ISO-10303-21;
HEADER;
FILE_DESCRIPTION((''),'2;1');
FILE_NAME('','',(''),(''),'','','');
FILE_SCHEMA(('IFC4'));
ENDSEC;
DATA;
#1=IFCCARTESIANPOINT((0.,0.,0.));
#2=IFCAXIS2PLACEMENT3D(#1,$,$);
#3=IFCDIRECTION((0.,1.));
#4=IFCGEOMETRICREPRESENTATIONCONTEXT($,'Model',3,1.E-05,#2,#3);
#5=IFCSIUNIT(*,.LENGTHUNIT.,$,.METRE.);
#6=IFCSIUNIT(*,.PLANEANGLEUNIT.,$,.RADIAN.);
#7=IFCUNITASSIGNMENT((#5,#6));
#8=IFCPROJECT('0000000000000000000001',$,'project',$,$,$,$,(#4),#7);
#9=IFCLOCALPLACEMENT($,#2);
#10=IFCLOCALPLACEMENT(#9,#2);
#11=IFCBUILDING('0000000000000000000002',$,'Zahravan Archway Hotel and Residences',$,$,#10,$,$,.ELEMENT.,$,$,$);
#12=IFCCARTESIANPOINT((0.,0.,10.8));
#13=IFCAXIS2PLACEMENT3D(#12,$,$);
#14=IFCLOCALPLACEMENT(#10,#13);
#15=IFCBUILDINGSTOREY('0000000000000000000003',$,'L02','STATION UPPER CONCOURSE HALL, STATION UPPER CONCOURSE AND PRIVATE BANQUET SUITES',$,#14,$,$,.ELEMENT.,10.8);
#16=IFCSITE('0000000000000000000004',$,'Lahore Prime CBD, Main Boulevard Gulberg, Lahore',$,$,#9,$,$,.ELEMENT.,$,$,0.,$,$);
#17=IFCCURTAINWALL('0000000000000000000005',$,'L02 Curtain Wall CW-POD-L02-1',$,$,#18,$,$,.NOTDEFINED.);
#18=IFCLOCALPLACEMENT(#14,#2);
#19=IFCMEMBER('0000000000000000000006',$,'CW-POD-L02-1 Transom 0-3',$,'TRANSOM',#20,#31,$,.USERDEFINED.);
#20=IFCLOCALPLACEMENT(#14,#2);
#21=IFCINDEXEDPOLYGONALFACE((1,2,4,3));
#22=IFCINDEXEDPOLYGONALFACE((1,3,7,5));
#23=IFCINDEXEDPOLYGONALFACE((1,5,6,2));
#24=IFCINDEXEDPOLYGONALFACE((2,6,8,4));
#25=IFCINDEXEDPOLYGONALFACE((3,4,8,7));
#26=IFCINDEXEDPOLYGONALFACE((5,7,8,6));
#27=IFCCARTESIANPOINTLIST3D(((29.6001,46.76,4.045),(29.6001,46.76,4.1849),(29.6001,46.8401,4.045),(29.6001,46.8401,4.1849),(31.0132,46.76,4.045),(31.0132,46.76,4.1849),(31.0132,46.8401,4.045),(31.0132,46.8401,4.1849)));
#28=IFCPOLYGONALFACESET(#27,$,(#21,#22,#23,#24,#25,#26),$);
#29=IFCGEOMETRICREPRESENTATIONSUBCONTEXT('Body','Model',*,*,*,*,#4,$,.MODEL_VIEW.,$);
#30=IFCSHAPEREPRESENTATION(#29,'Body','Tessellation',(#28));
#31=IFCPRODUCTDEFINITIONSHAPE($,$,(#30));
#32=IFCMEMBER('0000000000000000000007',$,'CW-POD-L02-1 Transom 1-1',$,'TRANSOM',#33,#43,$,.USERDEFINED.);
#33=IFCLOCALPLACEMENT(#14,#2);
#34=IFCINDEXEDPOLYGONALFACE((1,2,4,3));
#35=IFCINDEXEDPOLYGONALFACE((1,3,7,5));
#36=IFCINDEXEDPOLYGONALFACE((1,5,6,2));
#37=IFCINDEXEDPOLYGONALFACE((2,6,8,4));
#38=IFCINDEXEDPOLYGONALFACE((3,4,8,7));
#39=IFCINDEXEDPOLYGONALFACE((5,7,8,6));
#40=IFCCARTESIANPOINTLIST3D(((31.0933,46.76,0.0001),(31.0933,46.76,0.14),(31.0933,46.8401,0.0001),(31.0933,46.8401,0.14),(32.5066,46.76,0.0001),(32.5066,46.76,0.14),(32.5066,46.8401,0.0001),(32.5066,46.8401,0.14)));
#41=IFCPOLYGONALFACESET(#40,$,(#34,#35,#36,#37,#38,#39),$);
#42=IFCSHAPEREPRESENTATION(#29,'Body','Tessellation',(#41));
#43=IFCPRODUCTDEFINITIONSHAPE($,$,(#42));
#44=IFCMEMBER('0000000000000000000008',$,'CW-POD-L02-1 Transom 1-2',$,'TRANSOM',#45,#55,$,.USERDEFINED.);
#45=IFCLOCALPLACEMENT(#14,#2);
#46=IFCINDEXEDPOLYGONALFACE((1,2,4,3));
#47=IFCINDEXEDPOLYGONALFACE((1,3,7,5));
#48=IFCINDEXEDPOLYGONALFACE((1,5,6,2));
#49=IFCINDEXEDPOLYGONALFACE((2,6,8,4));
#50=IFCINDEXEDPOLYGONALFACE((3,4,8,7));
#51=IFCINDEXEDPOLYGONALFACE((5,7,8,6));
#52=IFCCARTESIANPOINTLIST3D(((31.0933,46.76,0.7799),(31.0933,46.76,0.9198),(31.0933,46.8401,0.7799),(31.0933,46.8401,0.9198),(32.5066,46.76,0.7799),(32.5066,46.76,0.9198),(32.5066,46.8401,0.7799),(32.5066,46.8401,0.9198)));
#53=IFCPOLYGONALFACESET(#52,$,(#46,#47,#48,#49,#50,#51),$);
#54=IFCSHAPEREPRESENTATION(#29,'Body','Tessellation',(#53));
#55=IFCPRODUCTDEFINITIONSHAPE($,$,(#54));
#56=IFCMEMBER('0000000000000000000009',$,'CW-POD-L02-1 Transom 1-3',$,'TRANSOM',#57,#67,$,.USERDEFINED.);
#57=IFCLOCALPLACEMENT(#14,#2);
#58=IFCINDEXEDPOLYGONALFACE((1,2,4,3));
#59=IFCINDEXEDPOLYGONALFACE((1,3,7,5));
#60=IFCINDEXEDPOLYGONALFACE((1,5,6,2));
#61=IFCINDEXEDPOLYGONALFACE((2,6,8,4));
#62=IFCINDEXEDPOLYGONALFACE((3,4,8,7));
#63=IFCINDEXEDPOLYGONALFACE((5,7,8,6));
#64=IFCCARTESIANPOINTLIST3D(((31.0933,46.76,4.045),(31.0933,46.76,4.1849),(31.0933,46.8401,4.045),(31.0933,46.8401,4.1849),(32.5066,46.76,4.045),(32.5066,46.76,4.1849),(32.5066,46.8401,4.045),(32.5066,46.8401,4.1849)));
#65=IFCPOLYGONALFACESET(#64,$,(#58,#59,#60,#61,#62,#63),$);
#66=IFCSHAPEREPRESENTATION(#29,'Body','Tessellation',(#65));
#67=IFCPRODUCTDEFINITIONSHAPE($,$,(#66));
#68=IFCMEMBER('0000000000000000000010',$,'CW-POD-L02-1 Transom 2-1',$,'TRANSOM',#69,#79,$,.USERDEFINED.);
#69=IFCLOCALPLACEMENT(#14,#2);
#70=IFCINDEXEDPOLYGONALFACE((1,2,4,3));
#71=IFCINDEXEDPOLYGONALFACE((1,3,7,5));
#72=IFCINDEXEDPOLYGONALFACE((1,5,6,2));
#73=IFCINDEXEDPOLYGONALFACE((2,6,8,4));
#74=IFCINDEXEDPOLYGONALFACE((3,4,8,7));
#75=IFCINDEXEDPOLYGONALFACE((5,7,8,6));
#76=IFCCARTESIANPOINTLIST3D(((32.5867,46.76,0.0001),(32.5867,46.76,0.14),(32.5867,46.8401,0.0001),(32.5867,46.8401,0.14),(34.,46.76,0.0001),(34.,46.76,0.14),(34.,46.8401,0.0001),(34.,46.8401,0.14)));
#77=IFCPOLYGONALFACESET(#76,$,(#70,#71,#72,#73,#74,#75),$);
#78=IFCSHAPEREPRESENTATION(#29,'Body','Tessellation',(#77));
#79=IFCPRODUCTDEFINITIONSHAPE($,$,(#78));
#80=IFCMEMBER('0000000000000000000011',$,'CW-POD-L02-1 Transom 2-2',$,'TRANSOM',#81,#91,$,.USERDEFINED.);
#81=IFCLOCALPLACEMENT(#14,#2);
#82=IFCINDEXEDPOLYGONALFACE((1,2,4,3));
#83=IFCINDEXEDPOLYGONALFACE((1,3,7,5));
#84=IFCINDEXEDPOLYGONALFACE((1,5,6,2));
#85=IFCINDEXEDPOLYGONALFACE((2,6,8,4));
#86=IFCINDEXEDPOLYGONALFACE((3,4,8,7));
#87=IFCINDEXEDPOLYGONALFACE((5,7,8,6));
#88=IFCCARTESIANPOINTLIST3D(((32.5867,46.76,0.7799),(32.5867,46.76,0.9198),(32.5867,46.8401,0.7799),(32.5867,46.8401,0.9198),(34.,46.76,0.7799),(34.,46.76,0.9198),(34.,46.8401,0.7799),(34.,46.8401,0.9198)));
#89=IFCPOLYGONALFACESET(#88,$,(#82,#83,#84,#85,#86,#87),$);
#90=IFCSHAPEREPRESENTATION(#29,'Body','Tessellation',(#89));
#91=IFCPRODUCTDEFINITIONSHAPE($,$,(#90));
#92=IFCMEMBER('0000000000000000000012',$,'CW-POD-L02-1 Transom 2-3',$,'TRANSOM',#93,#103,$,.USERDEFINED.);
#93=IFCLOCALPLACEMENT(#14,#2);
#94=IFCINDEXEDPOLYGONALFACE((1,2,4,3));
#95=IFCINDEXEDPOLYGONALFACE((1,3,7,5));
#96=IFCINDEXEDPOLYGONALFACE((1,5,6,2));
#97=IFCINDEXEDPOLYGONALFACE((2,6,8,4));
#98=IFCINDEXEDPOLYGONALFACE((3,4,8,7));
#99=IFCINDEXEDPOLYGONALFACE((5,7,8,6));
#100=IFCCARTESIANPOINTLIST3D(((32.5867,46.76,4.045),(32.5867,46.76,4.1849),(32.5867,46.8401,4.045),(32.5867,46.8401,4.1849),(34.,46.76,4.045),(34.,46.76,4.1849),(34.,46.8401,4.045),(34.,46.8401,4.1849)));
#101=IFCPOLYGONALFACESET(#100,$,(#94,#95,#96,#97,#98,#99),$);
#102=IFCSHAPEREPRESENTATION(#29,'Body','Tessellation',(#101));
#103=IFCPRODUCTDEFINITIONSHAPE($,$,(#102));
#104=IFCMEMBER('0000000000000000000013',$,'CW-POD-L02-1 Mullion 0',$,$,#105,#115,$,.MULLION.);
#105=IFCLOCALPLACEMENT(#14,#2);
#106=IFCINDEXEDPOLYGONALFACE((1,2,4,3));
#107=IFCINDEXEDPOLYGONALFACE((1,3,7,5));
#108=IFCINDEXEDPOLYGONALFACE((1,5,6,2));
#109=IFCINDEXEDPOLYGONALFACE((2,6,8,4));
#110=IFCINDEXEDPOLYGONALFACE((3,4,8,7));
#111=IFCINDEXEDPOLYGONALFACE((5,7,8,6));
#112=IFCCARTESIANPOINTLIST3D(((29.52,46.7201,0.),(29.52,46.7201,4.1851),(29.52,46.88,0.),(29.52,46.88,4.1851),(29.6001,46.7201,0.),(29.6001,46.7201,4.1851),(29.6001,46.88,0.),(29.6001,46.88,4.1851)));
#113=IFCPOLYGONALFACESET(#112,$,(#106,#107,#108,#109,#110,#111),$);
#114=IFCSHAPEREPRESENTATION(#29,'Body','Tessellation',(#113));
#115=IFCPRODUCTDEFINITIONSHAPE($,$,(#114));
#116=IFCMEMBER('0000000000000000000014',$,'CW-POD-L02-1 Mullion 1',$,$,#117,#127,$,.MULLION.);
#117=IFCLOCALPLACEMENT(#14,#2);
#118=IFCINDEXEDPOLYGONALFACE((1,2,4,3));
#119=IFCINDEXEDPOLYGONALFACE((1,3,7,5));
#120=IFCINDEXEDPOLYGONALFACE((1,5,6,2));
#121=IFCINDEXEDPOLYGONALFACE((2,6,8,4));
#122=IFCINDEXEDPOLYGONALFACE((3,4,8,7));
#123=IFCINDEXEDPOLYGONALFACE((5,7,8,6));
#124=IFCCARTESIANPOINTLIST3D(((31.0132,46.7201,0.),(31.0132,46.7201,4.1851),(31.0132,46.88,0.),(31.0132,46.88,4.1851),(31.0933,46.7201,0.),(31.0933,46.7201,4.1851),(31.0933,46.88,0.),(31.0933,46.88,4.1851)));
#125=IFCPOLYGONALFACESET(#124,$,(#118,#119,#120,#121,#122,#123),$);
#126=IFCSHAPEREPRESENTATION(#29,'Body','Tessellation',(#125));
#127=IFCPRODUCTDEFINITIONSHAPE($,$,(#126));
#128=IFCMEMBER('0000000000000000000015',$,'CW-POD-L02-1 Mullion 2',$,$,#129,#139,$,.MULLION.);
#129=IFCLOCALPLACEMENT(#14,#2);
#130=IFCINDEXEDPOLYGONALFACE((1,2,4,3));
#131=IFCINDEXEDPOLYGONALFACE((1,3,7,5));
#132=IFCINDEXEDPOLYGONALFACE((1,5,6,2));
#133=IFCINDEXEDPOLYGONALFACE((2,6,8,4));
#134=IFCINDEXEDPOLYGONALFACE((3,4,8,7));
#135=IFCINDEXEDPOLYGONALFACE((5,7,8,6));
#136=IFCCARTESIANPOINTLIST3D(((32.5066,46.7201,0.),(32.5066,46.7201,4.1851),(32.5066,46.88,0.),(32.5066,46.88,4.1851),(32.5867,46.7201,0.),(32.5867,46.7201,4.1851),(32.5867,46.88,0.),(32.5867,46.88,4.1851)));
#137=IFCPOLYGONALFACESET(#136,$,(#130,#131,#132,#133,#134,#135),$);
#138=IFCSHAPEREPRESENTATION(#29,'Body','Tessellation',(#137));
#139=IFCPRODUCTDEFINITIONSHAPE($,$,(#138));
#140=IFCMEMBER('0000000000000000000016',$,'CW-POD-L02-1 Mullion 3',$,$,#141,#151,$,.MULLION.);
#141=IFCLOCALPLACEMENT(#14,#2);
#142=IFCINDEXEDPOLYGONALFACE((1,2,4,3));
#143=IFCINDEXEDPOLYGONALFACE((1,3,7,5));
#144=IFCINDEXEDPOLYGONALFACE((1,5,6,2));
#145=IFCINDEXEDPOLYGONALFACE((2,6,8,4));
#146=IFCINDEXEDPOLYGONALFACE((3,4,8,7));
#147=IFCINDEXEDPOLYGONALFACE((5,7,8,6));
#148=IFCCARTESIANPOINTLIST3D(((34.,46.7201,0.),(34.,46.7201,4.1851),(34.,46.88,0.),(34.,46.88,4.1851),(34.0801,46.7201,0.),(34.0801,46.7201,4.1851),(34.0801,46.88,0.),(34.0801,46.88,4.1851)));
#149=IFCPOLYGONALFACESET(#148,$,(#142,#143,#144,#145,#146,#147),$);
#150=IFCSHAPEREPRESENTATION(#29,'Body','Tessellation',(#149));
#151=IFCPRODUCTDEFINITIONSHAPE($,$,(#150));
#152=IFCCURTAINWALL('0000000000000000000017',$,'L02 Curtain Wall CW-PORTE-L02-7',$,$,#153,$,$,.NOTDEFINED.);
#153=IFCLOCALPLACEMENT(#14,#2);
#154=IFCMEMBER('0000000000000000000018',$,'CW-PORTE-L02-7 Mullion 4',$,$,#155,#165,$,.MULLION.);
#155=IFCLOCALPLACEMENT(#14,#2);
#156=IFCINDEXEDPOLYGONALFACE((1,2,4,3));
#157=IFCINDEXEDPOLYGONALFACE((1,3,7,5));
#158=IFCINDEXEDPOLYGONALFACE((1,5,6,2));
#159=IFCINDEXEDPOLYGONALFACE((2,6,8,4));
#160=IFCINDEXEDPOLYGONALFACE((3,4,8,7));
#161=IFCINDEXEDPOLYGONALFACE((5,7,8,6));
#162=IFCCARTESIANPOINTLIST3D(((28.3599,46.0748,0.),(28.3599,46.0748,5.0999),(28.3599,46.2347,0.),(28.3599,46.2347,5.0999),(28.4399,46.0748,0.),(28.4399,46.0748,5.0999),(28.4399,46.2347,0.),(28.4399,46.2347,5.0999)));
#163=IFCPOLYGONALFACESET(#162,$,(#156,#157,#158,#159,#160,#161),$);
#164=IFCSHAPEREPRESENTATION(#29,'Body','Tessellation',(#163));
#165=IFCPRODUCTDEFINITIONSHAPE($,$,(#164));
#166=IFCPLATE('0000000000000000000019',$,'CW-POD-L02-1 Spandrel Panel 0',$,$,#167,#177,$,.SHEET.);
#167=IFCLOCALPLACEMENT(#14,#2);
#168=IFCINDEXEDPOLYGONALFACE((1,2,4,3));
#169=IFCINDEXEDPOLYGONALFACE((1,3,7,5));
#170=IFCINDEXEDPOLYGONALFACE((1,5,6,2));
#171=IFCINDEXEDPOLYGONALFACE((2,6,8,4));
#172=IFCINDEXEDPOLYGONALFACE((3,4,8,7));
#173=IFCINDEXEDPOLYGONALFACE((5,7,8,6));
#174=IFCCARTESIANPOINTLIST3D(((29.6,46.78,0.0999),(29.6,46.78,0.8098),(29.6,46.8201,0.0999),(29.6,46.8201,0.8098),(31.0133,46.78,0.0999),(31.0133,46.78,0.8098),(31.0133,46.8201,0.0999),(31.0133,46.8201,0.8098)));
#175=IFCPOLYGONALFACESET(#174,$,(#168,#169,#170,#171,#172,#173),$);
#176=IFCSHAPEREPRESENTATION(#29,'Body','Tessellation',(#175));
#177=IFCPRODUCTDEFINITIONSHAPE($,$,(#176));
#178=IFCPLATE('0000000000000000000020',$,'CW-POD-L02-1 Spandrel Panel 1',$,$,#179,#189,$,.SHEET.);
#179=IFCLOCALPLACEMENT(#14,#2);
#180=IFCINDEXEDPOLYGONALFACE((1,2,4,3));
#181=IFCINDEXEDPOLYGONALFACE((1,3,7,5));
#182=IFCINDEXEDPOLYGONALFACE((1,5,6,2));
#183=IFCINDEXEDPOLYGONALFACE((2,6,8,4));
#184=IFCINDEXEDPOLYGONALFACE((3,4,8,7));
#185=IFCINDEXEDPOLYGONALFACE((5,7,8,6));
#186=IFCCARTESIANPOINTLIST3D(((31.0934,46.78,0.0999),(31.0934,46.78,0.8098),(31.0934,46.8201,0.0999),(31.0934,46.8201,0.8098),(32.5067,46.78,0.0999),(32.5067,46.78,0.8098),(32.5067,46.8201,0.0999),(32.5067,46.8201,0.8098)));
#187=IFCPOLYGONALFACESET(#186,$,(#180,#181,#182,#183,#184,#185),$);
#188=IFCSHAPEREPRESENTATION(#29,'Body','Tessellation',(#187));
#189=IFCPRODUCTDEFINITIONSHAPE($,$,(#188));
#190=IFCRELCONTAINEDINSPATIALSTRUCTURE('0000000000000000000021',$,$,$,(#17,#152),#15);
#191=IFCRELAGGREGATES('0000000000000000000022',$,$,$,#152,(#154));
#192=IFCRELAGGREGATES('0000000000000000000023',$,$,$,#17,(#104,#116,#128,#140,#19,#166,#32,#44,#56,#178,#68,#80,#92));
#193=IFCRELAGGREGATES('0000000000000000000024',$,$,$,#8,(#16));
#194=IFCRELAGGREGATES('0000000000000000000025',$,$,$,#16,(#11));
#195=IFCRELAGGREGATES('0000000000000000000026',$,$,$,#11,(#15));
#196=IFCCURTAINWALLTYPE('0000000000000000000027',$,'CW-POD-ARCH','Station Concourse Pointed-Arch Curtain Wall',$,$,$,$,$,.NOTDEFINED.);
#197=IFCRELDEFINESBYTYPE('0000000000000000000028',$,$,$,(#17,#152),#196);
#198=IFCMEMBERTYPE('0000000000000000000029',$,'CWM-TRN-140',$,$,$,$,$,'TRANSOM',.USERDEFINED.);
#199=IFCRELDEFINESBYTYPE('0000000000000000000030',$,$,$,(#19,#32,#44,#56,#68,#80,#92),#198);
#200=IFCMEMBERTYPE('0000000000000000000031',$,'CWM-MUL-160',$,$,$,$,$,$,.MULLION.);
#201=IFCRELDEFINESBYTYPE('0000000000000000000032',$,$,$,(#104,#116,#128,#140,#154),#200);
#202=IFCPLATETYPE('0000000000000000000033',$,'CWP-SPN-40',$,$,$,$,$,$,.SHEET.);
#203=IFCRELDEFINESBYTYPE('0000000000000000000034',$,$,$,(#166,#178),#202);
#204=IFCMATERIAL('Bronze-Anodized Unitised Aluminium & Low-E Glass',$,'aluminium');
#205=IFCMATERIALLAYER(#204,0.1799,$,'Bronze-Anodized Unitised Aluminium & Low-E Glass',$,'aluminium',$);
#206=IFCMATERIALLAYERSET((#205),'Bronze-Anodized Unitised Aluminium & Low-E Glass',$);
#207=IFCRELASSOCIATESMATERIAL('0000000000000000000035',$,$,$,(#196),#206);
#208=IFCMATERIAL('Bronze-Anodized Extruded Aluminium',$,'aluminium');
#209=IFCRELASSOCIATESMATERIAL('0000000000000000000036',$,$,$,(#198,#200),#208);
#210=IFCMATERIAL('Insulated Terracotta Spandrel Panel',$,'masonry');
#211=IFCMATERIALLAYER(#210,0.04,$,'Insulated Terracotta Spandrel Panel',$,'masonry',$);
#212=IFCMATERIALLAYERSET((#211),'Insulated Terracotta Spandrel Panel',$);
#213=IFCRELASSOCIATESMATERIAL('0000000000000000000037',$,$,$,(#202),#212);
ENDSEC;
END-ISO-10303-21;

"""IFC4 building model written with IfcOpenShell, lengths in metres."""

from ifc_helpers import new_model, si_unit, direction, frame, origin, origin_2d, place, context, subcontext, project, spatial, rectangle, extrude, source, transform, mapped, material, layer, layer_set, material_profile, profile_set, type_object, type_shapes, element, aggregate, save


model = new_model("IFC4")

# Units and contexts
model_context = context("Model", 3, precision=1e-05, world=origin(), true_north=direction((0.0, 1.0)))
body_context = subcontext(model_context, "Body", "Model", "MODEL_VIEW")
ifc_project = project(units=[si_unit("LENGTHUNIT", "METRE"), si_unit("PLANEANGLEUNIT", "RADIAN")], contexts=[model_context])

# Site, building, storey
site_placement = place(None, origin())
site = spatial("IfcSite", under=ifc_project, at=site_placement, Name="Lahore Prime CBD, Main Boulevard Gulberg, Lahore", CompositionType="ELEMENT", RefElevation=0.0)
building_placement = place(site_placement, origin())
building = spatial("IfcBuilding", under=site, at=building_placement, Name="Zahravan Archway Hotel and Residences", CompositionType="ELEMENT")
storey_placement = place(building_placement, frame((0.0, 0.0, 10.8)))
storey = spatial("IfcBuildingStorey", under=building, at=storey_placement, Name="L02", Description="STATION UPPER CONCOURSE HALL, STATION UPPER CONCOURSE AND PRIVATE BANQUET SUITES", CompositionType="ELEMENT", Elevation=10.8)

# Curtain wall, members
ifc_material_1 = material(Name="Bronze-Anodized Unitised Aluminium & Low-E Glass", Category="aluminium")
ifc_layer_1 = layer(ifc_material_1, 0.1799, Name="Bronze-Anodized Unitised Aluminium & Low-E Glass", Category="aluminium")
ifc_layer_set_1 = layer_set([ifc_layer_1], Name="Bronze-Anodized Unitised Aluminium & Low-E Glass")
curtain_wall_type = type_object("IfcCurtainWallType", Name="CW-POD-ARCH", Description="Station Concourse Pointed-Arch Curtain Wall", PredefinedType="NOTDEFINED", material=ifc_layer_set_1)
curtain_wall_1_placement = place(storey_placement, origin())
curtain_wall_1 = element("IfcCurtainWall", 1, at=curtain_wall_1_placement, inside=storey, type_object=curtain_wall_type, Name="L02 Curtain Wall CW-POD-L02-1", PredefinedType="NOTDEFINED")
ifc_material_2 = material(Name="Bronze-Anodized Extruded Aluminium", Category="aluminium")
ifc_material_profile_1 = material_profile(ifc_material_2, rectangle(XDim=0.0801, YDim=0.1399, at=origin_2d()), Name="TRN 80x140", Category="aluminium")
ifc_profile_set_1 = profile_set([ifc_material_profile_1], Name="Bronze-Anodized Extruded Aluminium")
member_type_1 = type_object("IfcMemberType", Name="CWM-TRN-140", ElementType="TRANSOM", PredefinedType="USERDEFINED", material=ifc_profile_set_1)
shared_shape_1 = source(origin(), body_context, "Body", "SweptSolid", [
    extrude(rectangle(XDim=0.0801, YDim=0.1399, at=origin_2d()), origin(), (0.0, 0.0, 1.0), 1.4131),
])
type_shapes(member_type_1, [shared_shape_1])
member_1_placement = place(storey_placement, frame((29.6001, 46.8, 4.115), z_axis=(1.0, 0.0, 0.0), x_axis=(0.0, 1.0, 0.0)))
member_1 = element("IfcMember", 2, at=member_1_placement, type_object=member_type_1, Name="CW-POD-L02-1 Transom 0-3", ObjectType="TRANSOM", PredefinedType="USERDEFINED", context=body_context, shape_type="MappedRepresentation", body=[
    mapped(shared_shape_1, transform((0.0, 0.0, 0.0), scale=1.0)),
])
shared_shape_2 = source(origin(), body_context, "Body", "SweptSolid", [
    extrude(rectangle(XDim=0.0801, YDim=0.1399, at=origin_2d()), origin(), (0.0, 0.0, 1.0), 1.4133),
])
member_2_placement = place(storey_placement, frame((31.0933, 46.8, 0.0701), z_axis=(1.0, 0.0, 0.0), x_axis=(0.0, 1.0, 0.0)))
member_2 = element("IfcMember", 3, at=member_2_placement, type_object=member_type_1, Name="CW-POD-L02-1 Transom 1-1", ObjectType="TRANSOM", PredefinedType="USERDEFINED", context=body_context, shape_type="MappedRepresentation", body=[
    mapped(shared_shape_2, transform((0.0, 0.0, 0.0), scale=1.0)),
])
member_3_placement = place(storey_placement, frame((31.0933, 46.8, 0.8499), z_axis=(1.0, 0.0, 0.0), x_axis=(0.0, 1.0, 0.0)))
member_3 = element("IfcMember", 4, at=member_3_placement, type_object=member_type_1, Name="CW-POD-L02-1 Transom 1-2", ObjectType="TRANSOM", PredefinedType="USERDEFINED", context=body_context, shape_type="MappedRepresentation", body=[
    mapped(shared_shape_2, transform((0.0, 0.0, 0.0), scale=1.0)),
])
member_4_placement = place(storey_placement, frame((31.0933, 46.8, 4.115), z_axis=(1.0, 0.0, 0.0), x_axis=(0.0, 1.0, 0.0)))
member_4 = element("IfcMember", 5, at=member_4_placement, type_object=member_type_1, Name="CW-POD-L02-1 Transom 1-3", ObjectType="TRANSOM", PredefinedType="USERDEFINED", context=body_context, shape_type="MappedRepresentation", body=[
    mapped(shared_shape_2, transform((0.0, 0.0, 0.0), scale=1.0)),
])
member_5_placement = place(storey_placement, frame((32.5867, 46.8, 0.0701), z_axis=(1.0, 0.0, 0.0), x_axis=(0.0, 1.0, 0.0)))
member_5 = element("IfcMember", 6, at=member_5_placement, type_object=member_type_1, Name="CW-POD-L02-1 Transom 2-1", ObjectType="TRANSOM", PredefinedType="USERDEFINED", context=body_context, shape_type="MappedRepresentation", body=[
    mapped(shared_shape_2, transform((0.0, 0.0, 0.0), scale=1.0)),
])
member_6_placement = place(storey_placement, frame((32.5867, 46.8, 0.8499), z_axis=(1.0, 0.0, 0.0), x_axis=(0.0, 1.0, 0.0)))
member_6 = element("IfcMember", 7, at=member_6_placement, type_object=member_type_1, Name="CW-POD-L02-1 Transom 2-2", ObjectType="TRANSOM", PredefinedType="USERDEFINED", context=body_context, shape_type="MappedRepresentation", body=[
    mapped(shared_shape_2, transform((0.0, 0.0, 0.0), scale=1.0)),
])
member_7_placement = place(storey_placement, frame((32.5867, 46.8, 4.115), z_axis=(1.0, 0.0, 0.0), x_axis=(0.0, 1.0, 0.0)))
member_7 = element("IfcMember", 8, at=member_7_placement, type_object=member_type_1, Name="CW-POD-L02-1 Transom 2-3", ObjectType="TRANSOM", PredefinedType="USERDEFINED", context=body_context, shape_type="MappedRepresentation", body=[
    mapped(shared_shape_2, transform((0.0, 0.0, 0.0), scale=1.0)),
])
ifc_material_profile_2 = material_profile(ifc_material_2, rectangle(XDim=0.0801, YDim=0.1599, at=origin_2d()), Name="MUL 80x160", Category="aluminium")
ifc_profile_set_2 = profile_set([ifc_material_profile_2], Name="Bronze-Anodized Extruded Aluminium")
member_type_2 = type_object("IfcMemberType", Name="CWM-MUL-160", PredefinedType="MULLION", material=ifc_profile_set_2)
shared_shape_3 = source(origin(), body_context, "Body", "SweptSolid", [
    extrude(rectangle(XDim=0.0801, YDim=0.1599, at=origin_2d()), origin(), (0.0, 0.0, 1.0), 4.1851),
])
member_8_placement = place(storey_placement, frame((29.5601, 46.8, 0.0), z_axis=(0.0, 0.0, 1.0), x_axis=(1.0, 0.0, 0.0)))
member_8 = element("IfcMember", 9, at=member_8_placement, type_object=member_type_2, Name="CW-POD-L02-1 Mullion 0", PredefinedType="MULLION", context=body_context, shape_type="MappedRepresentation", body=[
    mapped(shared_shape_3, transform((0.0, 0.0, 0.0), scale=1.0)),
])
member_9_placement = place(storey_placement, frame((31.0532, 46.8, 0.0), z_axis=(0.0, 0.0, 1.0), x_axis=(1.0, 0.0, 0.0)))
member_9 = element("IfcMember", 10, at=member_9_placement, type_object=member_type_2, Name="CW-POD-L02-1 Mullion 1", PredefinedType="MULLION", context=body_context, shape_type="MappedRepresentation", body=[
    mapped(shared_shape_3, transform((0.0, 0.0, 0.0), scale=1.0)),
])
member_10_placement = place(storey_placement, frame((32.5466, 46.8, 0.0), z_axis=(0.0, 0.0, 1.0), x_axis=(1.0, 0.0, 0.0)))
member_10 = element("IfcMember", 11, at=member_10_placement, type_object=member_type_2, Name="CW-POD-L02-1 Mullion 2", PredefinedType="MULLION", context=body_context, shape_type="MappedRepresentation", body=[
    mapped(shared_shape_3, transform((0.0, 0.0, 0.0), scale=1.0)),
])
member_11_placement = place(storey_placement, frame((34.04, 46.8, 0.0), z_axis=(0.0, 0.0, 1.0), x_axis=(1.0, 0.0, 0.0)))
member_11 = element("IfcMember", 12, at=member_11_placement, type_object=member_type_2, Name="CW-POD-L02-1 Mullion 3", PredefinedType="MULLION", context=body_context, shape_type="MappedRepresentation", body=[
    mapped(shared_shape_3, transform((0.0, 0.0, 0.0), scale=1.0)),
])

# Curtain wall, member
curtain_wall_2_placement = place(storey_placement, origin())
curtain_wall_2 = element("IfcCurtainWall", 13, at=curtain_wall_2_placement, inside=storey, type_object=curtain_wall_type, Name="L02 Curtain Wall CW-PORTE-L02-7", PredefinedType="NOTDEFINED")
shared_shape_4 = source(origin(), body_context, "Body", "SweptSolid", [
    extrude(rectangle(XDim=0.0801, YDim=0.1599, at=origin_2d()), origin(), (0.0, 0.0, 1.0), 5.0999),
])
member_12_placement = place(storey_placement, frame((28.3999, 46.1548, 0.0), z_axis=(0.0, 0.0, 1.0), x_axis=(1.0, 0.0, 0.0)))
member_12 = element("IfcMember", 14, at=member_12_placement, type_object=member_type_2, Name="CW-PORTE-L02-7 Mullion 4", PredefinedType="MULLION", context=body_context, shape_type="MappedRepresentation", body=[
    mapped(shared_shape_4, transform((0.0, 0.0, 0.0), scale=1.0)),
])

# Plates
ifc_material_3 = material(Name="Insulated Terracotta Spandrel Panel", Category="masonry")
ifc_layer_2 = layer(ifc_material_3, 0.04, Name="Insulated Terracotta Spandrel Panel", Category="masonry")
ifc_layer_set_2 = layer_set([ifc_layer_2], Name="Insulated Terracotta Spandrel Panel")
plate_type_1 = type_object("IfcPlateType", Name="CWP-SPN-40", PredefinedType="SHEET", material=ifc_layer_set_2)
shared_shape_5 = source(origin(), body_context, "Body", "SweptSolid", [
    extrude(rectangle(XDim=1.4133, YDim=0.04, at=origin_2d()), origin(), (0.0, 0.0, 1.0), 0.71),
])
type_shapes(plate_type_1, [shared_shape_5])
plate_1_placement = place(storey_placement, frame((30.3066, 46.8, 0.0999), z_axis=(0.0, 0.0, 1.0), x_axis=(1.0, 0.0, 0.0)))
plate_1 = element("IfcPlate", 15, at=plate_1_placement, type_object=plate_type_1, Name="CW-POD-L02-1 Spandrel Panel 0", PredefinedType="SHEET", context=body_context, shape_type="MappedRepresentation", body=[
    mapped(shared_shape_5, transform((0.0, 0.0, 0.0), scale=1.0)),
])
plate_2_placement = place(storey_placement, frame((31.8, 46.8, 0.0999), z_axis=(0.0, 0.0, 1.0), x_axis=(1.0, 0.0, 0.0)))
plate_2 = element("IfcPlate", 16, at=plate_2_placement, type_object=plate_type_1, Name="CW-POD-L02-1 Spandrel Panel 1", PredefinedType="SHEET", context=body_context, shape_type="MappedRepresentation", body=[
    mapped(shared_shape_5, transform((0.0, 0.0, 0.0), scale=1.0)),
])
aggregate(curtain_wall_2, [member_12])
aggregate(curtain_wall_1, [member_8, member_9, member_10, member_11, member_1, plate_1, member_2, member_3, member_4, plate_2, member_5, member_6, member_7])

save(model, "model.ifc")
